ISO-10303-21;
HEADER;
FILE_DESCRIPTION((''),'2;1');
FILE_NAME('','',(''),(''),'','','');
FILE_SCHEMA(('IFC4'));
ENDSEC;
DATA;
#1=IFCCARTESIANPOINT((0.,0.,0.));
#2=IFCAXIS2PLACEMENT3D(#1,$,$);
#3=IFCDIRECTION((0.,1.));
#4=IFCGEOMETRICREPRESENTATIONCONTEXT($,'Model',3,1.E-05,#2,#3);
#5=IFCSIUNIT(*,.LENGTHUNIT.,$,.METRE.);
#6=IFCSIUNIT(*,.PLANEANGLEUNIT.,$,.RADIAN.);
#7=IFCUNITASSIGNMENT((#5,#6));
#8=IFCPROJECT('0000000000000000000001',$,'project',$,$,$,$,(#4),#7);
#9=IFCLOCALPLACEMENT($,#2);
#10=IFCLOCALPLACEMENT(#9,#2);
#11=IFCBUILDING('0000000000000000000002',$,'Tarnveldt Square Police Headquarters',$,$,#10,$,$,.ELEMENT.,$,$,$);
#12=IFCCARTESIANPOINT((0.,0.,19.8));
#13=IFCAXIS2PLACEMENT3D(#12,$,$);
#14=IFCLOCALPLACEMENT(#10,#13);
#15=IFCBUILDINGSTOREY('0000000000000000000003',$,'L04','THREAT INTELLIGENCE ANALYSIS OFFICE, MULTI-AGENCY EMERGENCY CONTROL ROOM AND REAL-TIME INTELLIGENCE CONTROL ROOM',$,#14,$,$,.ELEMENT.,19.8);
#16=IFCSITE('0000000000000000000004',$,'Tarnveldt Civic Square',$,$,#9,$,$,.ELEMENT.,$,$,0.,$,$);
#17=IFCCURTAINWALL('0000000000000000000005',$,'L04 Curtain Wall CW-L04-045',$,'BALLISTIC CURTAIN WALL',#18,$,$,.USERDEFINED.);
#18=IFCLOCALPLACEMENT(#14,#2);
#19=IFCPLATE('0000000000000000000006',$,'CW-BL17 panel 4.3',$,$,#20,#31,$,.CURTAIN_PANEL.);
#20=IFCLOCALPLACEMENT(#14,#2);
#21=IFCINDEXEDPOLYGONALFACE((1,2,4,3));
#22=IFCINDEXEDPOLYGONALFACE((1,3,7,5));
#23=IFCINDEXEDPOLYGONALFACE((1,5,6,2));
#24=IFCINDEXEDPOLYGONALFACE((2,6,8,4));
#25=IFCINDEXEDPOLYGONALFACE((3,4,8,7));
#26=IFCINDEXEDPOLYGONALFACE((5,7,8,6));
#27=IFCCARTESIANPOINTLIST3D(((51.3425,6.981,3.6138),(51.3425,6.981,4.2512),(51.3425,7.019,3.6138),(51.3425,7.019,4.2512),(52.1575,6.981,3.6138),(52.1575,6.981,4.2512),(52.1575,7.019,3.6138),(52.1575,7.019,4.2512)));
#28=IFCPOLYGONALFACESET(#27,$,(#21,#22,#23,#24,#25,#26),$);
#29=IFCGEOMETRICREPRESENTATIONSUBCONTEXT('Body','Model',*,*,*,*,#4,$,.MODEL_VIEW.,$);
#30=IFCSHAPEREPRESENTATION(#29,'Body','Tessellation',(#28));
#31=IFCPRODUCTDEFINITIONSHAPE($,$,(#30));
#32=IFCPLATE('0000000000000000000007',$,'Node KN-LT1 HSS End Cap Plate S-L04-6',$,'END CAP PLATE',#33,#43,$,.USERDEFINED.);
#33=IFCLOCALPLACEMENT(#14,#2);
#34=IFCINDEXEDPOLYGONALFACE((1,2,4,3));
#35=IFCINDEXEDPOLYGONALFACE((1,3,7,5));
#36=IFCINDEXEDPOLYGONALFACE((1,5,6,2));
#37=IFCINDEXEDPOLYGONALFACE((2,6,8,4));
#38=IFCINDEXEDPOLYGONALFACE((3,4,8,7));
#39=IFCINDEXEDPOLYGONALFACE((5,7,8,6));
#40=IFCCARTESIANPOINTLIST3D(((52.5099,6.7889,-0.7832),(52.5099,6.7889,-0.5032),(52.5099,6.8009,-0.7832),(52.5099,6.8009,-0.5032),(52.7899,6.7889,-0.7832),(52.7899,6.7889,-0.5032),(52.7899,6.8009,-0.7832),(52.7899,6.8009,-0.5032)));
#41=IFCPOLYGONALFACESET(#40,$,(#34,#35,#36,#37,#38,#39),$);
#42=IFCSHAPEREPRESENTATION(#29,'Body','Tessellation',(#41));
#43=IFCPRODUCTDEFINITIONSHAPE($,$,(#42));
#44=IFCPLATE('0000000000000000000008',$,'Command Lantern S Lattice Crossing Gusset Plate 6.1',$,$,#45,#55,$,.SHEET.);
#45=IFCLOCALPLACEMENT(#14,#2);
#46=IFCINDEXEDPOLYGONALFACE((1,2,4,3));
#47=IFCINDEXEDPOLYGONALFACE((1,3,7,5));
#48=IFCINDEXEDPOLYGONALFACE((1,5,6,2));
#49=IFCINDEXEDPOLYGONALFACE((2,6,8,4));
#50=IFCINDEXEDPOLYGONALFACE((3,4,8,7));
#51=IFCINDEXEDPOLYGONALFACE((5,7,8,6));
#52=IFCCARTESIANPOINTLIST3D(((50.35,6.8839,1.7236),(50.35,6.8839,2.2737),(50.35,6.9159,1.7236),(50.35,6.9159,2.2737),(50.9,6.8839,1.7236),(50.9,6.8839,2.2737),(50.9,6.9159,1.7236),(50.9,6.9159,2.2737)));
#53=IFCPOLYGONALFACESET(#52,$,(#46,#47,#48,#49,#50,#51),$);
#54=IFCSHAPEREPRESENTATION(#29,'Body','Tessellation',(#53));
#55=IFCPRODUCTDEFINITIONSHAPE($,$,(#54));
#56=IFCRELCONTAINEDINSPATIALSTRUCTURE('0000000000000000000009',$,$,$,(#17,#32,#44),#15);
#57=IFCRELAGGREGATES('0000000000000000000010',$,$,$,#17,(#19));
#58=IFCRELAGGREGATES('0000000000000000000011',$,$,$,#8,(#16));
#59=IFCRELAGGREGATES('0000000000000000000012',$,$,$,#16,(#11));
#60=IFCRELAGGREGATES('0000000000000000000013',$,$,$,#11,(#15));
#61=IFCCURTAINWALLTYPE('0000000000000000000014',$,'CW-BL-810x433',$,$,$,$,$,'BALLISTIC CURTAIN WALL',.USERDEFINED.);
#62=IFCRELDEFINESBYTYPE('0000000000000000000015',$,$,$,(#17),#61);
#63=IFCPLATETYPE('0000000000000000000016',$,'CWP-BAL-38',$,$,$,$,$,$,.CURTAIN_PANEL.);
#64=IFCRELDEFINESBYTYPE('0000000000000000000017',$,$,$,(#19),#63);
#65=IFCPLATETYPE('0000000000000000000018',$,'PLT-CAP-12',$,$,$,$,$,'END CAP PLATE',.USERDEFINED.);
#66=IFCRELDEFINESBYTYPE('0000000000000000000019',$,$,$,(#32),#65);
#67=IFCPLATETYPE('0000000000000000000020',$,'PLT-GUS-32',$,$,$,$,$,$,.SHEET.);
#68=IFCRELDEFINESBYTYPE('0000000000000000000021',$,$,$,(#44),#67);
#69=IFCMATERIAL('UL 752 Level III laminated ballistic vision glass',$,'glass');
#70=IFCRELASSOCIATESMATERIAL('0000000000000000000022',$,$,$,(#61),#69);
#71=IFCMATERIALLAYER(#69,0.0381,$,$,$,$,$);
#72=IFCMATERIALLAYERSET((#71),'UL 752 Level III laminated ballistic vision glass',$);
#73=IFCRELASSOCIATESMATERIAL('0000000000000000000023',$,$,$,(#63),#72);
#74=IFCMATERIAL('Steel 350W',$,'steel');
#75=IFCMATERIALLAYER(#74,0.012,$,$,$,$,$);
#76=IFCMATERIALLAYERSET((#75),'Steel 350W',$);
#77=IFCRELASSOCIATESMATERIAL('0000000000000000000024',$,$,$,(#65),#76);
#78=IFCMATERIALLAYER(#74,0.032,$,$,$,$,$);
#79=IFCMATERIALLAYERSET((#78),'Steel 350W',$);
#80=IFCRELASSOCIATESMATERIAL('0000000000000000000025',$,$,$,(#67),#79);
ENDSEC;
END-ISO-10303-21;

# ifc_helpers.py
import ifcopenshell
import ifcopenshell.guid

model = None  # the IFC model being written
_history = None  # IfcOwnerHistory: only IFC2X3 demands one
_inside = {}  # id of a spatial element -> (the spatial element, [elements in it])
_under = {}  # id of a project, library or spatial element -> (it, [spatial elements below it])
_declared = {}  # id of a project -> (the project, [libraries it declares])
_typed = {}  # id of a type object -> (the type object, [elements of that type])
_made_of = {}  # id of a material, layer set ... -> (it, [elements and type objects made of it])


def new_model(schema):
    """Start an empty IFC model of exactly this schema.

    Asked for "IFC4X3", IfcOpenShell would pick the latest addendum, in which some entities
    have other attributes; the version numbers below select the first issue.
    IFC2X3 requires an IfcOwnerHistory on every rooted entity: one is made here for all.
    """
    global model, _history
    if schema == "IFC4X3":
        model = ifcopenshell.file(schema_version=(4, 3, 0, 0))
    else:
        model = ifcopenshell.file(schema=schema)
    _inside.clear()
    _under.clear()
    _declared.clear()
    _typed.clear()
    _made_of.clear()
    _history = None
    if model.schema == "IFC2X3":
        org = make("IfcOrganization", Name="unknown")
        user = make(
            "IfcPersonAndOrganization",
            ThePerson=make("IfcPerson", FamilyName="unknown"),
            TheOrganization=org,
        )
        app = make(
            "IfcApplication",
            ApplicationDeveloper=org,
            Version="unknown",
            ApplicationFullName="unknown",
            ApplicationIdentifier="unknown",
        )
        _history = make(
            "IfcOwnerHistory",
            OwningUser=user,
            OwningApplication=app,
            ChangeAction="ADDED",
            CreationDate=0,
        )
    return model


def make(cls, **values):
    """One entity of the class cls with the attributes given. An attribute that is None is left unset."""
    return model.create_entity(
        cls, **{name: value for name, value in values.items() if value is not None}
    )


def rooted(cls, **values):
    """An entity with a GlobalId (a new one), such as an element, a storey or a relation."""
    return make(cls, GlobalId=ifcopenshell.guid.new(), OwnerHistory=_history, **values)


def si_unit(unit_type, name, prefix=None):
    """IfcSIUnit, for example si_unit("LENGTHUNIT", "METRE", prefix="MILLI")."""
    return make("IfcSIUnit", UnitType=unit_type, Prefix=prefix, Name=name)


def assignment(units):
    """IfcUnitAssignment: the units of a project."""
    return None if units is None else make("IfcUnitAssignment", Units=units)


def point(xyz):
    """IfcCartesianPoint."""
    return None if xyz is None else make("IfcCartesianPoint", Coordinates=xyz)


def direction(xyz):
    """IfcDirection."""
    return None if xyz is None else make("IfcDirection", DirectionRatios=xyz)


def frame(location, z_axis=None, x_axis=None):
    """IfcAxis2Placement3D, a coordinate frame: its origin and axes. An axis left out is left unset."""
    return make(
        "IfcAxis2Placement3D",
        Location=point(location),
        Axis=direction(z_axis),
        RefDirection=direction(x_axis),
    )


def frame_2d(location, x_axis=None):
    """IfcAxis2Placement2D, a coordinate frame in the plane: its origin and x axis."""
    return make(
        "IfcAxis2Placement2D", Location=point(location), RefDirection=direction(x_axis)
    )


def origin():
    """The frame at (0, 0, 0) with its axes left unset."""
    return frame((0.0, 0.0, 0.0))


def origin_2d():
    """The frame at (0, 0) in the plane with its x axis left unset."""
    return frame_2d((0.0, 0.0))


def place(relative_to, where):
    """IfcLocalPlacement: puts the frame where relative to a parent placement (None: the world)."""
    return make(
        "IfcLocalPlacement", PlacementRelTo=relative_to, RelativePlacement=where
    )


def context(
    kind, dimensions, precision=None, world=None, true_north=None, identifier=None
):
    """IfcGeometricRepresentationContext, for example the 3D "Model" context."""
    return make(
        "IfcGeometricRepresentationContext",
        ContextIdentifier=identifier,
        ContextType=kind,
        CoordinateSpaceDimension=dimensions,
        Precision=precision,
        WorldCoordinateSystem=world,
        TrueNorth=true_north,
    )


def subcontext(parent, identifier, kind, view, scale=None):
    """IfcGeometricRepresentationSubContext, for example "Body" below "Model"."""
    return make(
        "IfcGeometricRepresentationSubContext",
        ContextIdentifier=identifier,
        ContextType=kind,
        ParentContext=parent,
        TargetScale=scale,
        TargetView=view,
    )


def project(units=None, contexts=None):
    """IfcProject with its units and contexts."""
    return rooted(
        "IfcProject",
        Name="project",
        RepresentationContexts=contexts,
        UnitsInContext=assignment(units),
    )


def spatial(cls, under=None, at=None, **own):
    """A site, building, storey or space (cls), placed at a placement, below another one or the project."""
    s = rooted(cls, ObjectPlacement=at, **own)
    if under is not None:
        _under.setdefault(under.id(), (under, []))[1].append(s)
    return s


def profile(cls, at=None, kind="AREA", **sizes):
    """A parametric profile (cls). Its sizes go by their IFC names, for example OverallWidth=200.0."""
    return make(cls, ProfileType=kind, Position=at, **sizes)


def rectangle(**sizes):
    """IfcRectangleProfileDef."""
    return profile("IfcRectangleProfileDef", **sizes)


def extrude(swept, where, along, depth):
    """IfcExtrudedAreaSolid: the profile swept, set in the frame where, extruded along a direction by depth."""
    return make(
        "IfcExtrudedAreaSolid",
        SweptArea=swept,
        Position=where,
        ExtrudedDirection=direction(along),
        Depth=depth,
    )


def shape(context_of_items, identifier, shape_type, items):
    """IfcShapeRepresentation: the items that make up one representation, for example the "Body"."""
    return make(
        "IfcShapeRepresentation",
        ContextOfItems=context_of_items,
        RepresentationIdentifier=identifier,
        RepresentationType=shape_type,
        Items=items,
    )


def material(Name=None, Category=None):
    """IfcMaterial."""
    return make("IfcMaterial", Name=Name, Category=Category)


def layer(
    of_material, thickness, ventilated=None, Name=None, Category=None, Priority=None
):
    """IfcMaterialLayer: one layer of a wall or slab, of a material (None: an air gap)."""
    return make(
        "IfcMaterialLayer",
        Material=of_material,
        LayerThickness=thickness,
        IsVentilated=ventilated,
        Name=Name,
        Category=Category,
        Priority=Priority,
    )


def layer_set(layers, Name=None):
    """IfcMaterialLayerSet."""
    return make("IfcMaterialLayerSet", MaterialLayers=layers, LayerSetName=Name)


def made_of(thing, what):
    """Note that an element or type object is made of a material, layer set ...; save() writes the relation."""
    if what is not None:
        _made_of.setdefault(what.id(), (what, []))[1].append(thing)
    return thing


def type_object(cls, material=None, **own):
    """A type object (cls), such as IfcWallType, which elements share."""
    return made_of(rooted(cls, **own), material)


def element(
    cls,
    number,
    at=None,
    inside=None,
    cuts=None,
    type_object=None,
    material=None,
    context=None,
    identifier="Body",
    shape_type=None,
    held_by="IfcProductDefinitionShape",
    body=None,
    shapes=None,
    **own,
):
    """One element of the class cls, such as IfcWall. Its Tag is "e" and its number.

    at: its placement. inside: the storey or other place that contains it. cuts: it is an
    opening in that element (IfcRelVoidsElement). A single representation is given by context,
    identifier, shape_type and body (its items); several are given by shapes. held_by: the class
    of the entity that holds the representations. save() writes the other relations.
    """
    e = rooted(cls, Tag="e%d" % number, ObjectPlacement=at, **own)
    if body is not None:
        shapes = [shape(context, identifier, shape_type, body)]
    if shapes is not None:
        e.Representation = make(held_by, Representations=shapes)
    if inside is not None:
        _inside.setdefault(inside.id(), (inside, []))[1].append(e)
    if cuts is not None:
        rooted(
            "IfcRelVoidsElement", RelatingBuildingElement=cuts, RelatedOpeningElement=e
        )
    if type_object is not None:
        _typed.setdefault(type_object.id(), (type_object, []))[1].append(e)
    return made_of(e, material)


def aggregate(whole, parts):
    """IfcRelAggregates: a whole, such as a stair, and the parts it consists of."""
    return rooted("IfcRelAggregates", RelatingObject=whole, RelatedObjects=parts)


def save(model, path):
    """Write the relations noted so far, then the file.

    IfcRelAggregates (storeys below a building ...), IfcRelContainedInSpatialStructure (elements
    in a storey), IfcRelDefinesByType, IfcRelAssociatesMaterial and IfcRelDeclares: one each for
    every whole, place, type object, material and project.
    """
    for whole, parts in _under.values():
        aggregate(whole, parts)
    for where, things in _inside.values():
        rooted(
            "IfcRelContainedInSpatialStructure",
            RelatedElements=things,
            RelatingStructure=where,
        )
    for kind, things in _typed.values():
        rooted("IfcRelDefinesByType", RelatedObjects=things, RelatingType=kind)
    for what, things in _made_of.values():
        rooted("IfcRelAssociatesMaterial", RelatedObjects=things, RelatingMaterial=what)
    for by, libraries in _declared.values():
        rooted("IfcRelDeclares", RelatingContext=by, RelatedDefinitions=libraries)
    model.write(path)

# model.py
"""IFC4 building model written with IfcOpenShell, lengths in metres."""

from ifc_helpers import new_model, si_unit, direction, frame, origin, origin_2d, place, context, subcontext, project, spatial, rectangle, extrude, material, layer, layer_set, type_object, element, aggregate, save


model = new_model("IFC4")

# Units and contexts
model_context = context("Model", 3, precision=1e-05, world=origin(), true_north=direction((0.0, 1.0)))
body_context = subcontext(model_context, "Body", "Model", "MODEL_VIEW")
ifc_project = project(units=[si_unit("LENGTHUNIT", "METRE"), si_unit("PLANEANGLEUNIT", "RADIAN")], contexts=[model_context])

# Site, building, storey
site_placement = place(None, origin())
site = spatial("IfcSite", under=ifc_project, at=site_placement, Name="Tarnveldt Civic Square", CompositionType="ELEMENT", RefElevation=0.0)
building_placement = place(site_placement, origin())
building = spatial("IfcBuilding", under=site, at=building_placement, Name="Tarnveldt Square Police Headquarters", CompositionType="ELEMENT")
storey_placement = place(building_placement, frame((0.0, 0.0, 19.8)))
storey = spatial("IfcBuildingStorey", under=building, at=storey_placement, Name="L04", Description="THREAT INTELLIGENCE ANALYSIS OFFICE, MULTI-AGENCY EMERGENCY CONTROL ROOM AND REAL-TIME INTELLIGENCE CONTROL ROOM", CompositionType="ELEMENT", Elevation=19.8)

# Curtain wall
ifc_material_1 = material(Name="UL 752 Level III laminated ballistic vision glass", Category="glass")
curtain_wall_type = type_object("IfcCurtainWallType", Name="CW-BL-810x433", ElementType="BALLISTIC CURTAIN WALL", PredefinedType="USERDEFINED", material=ifc_material_1)
curtain_wall_placement = place(storey_placement, origin())
curtain_wall = element("IfcCurtainWall", 1, at=curtain_wall_placement, inside=storey, type_object=curtain_wall_type, Name="L04 Curtain Wall CW-L04-045", ObjectType="BALLISTIC CURTAIN WALL", PredefinedType="USERDEFINED")

# Shared definitions
ifc_material_2 = material(Name="Steel 350W", Category="steel")

# Plate
ifc_layer_1 = layer(ifc_material_1, 0.0381)
ifc_layer_set_1 = layer_set([ifc_layer_1], Name="UL 752 Level III laminated ballistic vision glass")
plate_type_1 = type_object("IfcPlateType", Name="CWP-BAL-38", PredefinedType="CURTAIN_PANEL", material=ifc_layer_set_1)
plate_1_placement = place(storey_placement, frame((51.75, 7.0, 3.6138), z_axis=(0.0, 0.0, 1.0), x_axis=(1.0, 0.0, 0.0)))
plate_1 = element("IfcPlate", 2, at=plate_1_placement, type_object=plate_type_1, Name="CW-BL17 panel 4.3", PredefinedType="CURTAIN_PANEL", context=body_context, shape_type="SweptSolid", body=[
    extrude(rectangle(XDim=0.8149, YDim=0.0381, at=origin_2d()), origin(), (0.0, 0.0, 1.0), 0.6375),
])
aggregate(curtain_wall, [plate_1])

# Plates
ifc_layer_2 = layer(ifc_material_2, 0.012)
ifc_layer_set_2 = layer_set([ifc_layer_2], Name="Steel 350W")
plate_type_2 = type_object("IfcPlateType", Name="PLT-CAP-12", ElementType="END CAP PLATE", PredefinedType="USERDEFINED", material=ifc_layer_set_2)
plate_2_placement = place(storey_placement, frame((52.6499, 6.7949, -0.7832), z_axis=(0.0, 0.0, 1.0), x_axis=(1.0, 0.0, 0.0)))
element("IfcPlate", 3, at=plate_2_placement, inside=storey, type_object=plate_type_2, Name="Node KN-LT1 HSS End Cap Plate S-L04-6", ObjectType="END CAP PLATE", PredefinedType="USERDEFINED", context=body_context, shape_type="SweptSolid", body=[
    extrude(rectangle(XDim=0.28, YDim=0.012, at=origin_2d()), origin(), (0.0, 0.0, 1.0), 0.28),
])
ifc_layer_3 = layer(ifc_material_2, 0.032)
ifc_layer_set_3 = layer_set([ifc_layer_3], Name="Steel 350W")
plate_type_3 = type_object("IfcPlateType", Name="PLT-GUS-32", PredefinedType="SHEET", material=ifc_layer_set_3)
plate_3_placement = place(storey_placement, frame((50.625, 6.8999, 1.7236), z_axis=(0.0, 0.0, 1.0), x_axis=(1.0, 0.0, 0.0)))
element("IfcPlate", 4, at=plate_3_placement, inside=storey, type_object=plate_type_3, Name="Command Lantern S Lattice Crossing Gusset Plate 6.1", PredefinedType="SHEET", context=body_context, shape_type="SweptSolid", body=[
    extrude(rectangle(XDim=0.55, YDim=0.032, at=origin_2d()), origin(), (0.0, 0.0, 1.0), 0.55),
])

save(model, "model.ifc")
